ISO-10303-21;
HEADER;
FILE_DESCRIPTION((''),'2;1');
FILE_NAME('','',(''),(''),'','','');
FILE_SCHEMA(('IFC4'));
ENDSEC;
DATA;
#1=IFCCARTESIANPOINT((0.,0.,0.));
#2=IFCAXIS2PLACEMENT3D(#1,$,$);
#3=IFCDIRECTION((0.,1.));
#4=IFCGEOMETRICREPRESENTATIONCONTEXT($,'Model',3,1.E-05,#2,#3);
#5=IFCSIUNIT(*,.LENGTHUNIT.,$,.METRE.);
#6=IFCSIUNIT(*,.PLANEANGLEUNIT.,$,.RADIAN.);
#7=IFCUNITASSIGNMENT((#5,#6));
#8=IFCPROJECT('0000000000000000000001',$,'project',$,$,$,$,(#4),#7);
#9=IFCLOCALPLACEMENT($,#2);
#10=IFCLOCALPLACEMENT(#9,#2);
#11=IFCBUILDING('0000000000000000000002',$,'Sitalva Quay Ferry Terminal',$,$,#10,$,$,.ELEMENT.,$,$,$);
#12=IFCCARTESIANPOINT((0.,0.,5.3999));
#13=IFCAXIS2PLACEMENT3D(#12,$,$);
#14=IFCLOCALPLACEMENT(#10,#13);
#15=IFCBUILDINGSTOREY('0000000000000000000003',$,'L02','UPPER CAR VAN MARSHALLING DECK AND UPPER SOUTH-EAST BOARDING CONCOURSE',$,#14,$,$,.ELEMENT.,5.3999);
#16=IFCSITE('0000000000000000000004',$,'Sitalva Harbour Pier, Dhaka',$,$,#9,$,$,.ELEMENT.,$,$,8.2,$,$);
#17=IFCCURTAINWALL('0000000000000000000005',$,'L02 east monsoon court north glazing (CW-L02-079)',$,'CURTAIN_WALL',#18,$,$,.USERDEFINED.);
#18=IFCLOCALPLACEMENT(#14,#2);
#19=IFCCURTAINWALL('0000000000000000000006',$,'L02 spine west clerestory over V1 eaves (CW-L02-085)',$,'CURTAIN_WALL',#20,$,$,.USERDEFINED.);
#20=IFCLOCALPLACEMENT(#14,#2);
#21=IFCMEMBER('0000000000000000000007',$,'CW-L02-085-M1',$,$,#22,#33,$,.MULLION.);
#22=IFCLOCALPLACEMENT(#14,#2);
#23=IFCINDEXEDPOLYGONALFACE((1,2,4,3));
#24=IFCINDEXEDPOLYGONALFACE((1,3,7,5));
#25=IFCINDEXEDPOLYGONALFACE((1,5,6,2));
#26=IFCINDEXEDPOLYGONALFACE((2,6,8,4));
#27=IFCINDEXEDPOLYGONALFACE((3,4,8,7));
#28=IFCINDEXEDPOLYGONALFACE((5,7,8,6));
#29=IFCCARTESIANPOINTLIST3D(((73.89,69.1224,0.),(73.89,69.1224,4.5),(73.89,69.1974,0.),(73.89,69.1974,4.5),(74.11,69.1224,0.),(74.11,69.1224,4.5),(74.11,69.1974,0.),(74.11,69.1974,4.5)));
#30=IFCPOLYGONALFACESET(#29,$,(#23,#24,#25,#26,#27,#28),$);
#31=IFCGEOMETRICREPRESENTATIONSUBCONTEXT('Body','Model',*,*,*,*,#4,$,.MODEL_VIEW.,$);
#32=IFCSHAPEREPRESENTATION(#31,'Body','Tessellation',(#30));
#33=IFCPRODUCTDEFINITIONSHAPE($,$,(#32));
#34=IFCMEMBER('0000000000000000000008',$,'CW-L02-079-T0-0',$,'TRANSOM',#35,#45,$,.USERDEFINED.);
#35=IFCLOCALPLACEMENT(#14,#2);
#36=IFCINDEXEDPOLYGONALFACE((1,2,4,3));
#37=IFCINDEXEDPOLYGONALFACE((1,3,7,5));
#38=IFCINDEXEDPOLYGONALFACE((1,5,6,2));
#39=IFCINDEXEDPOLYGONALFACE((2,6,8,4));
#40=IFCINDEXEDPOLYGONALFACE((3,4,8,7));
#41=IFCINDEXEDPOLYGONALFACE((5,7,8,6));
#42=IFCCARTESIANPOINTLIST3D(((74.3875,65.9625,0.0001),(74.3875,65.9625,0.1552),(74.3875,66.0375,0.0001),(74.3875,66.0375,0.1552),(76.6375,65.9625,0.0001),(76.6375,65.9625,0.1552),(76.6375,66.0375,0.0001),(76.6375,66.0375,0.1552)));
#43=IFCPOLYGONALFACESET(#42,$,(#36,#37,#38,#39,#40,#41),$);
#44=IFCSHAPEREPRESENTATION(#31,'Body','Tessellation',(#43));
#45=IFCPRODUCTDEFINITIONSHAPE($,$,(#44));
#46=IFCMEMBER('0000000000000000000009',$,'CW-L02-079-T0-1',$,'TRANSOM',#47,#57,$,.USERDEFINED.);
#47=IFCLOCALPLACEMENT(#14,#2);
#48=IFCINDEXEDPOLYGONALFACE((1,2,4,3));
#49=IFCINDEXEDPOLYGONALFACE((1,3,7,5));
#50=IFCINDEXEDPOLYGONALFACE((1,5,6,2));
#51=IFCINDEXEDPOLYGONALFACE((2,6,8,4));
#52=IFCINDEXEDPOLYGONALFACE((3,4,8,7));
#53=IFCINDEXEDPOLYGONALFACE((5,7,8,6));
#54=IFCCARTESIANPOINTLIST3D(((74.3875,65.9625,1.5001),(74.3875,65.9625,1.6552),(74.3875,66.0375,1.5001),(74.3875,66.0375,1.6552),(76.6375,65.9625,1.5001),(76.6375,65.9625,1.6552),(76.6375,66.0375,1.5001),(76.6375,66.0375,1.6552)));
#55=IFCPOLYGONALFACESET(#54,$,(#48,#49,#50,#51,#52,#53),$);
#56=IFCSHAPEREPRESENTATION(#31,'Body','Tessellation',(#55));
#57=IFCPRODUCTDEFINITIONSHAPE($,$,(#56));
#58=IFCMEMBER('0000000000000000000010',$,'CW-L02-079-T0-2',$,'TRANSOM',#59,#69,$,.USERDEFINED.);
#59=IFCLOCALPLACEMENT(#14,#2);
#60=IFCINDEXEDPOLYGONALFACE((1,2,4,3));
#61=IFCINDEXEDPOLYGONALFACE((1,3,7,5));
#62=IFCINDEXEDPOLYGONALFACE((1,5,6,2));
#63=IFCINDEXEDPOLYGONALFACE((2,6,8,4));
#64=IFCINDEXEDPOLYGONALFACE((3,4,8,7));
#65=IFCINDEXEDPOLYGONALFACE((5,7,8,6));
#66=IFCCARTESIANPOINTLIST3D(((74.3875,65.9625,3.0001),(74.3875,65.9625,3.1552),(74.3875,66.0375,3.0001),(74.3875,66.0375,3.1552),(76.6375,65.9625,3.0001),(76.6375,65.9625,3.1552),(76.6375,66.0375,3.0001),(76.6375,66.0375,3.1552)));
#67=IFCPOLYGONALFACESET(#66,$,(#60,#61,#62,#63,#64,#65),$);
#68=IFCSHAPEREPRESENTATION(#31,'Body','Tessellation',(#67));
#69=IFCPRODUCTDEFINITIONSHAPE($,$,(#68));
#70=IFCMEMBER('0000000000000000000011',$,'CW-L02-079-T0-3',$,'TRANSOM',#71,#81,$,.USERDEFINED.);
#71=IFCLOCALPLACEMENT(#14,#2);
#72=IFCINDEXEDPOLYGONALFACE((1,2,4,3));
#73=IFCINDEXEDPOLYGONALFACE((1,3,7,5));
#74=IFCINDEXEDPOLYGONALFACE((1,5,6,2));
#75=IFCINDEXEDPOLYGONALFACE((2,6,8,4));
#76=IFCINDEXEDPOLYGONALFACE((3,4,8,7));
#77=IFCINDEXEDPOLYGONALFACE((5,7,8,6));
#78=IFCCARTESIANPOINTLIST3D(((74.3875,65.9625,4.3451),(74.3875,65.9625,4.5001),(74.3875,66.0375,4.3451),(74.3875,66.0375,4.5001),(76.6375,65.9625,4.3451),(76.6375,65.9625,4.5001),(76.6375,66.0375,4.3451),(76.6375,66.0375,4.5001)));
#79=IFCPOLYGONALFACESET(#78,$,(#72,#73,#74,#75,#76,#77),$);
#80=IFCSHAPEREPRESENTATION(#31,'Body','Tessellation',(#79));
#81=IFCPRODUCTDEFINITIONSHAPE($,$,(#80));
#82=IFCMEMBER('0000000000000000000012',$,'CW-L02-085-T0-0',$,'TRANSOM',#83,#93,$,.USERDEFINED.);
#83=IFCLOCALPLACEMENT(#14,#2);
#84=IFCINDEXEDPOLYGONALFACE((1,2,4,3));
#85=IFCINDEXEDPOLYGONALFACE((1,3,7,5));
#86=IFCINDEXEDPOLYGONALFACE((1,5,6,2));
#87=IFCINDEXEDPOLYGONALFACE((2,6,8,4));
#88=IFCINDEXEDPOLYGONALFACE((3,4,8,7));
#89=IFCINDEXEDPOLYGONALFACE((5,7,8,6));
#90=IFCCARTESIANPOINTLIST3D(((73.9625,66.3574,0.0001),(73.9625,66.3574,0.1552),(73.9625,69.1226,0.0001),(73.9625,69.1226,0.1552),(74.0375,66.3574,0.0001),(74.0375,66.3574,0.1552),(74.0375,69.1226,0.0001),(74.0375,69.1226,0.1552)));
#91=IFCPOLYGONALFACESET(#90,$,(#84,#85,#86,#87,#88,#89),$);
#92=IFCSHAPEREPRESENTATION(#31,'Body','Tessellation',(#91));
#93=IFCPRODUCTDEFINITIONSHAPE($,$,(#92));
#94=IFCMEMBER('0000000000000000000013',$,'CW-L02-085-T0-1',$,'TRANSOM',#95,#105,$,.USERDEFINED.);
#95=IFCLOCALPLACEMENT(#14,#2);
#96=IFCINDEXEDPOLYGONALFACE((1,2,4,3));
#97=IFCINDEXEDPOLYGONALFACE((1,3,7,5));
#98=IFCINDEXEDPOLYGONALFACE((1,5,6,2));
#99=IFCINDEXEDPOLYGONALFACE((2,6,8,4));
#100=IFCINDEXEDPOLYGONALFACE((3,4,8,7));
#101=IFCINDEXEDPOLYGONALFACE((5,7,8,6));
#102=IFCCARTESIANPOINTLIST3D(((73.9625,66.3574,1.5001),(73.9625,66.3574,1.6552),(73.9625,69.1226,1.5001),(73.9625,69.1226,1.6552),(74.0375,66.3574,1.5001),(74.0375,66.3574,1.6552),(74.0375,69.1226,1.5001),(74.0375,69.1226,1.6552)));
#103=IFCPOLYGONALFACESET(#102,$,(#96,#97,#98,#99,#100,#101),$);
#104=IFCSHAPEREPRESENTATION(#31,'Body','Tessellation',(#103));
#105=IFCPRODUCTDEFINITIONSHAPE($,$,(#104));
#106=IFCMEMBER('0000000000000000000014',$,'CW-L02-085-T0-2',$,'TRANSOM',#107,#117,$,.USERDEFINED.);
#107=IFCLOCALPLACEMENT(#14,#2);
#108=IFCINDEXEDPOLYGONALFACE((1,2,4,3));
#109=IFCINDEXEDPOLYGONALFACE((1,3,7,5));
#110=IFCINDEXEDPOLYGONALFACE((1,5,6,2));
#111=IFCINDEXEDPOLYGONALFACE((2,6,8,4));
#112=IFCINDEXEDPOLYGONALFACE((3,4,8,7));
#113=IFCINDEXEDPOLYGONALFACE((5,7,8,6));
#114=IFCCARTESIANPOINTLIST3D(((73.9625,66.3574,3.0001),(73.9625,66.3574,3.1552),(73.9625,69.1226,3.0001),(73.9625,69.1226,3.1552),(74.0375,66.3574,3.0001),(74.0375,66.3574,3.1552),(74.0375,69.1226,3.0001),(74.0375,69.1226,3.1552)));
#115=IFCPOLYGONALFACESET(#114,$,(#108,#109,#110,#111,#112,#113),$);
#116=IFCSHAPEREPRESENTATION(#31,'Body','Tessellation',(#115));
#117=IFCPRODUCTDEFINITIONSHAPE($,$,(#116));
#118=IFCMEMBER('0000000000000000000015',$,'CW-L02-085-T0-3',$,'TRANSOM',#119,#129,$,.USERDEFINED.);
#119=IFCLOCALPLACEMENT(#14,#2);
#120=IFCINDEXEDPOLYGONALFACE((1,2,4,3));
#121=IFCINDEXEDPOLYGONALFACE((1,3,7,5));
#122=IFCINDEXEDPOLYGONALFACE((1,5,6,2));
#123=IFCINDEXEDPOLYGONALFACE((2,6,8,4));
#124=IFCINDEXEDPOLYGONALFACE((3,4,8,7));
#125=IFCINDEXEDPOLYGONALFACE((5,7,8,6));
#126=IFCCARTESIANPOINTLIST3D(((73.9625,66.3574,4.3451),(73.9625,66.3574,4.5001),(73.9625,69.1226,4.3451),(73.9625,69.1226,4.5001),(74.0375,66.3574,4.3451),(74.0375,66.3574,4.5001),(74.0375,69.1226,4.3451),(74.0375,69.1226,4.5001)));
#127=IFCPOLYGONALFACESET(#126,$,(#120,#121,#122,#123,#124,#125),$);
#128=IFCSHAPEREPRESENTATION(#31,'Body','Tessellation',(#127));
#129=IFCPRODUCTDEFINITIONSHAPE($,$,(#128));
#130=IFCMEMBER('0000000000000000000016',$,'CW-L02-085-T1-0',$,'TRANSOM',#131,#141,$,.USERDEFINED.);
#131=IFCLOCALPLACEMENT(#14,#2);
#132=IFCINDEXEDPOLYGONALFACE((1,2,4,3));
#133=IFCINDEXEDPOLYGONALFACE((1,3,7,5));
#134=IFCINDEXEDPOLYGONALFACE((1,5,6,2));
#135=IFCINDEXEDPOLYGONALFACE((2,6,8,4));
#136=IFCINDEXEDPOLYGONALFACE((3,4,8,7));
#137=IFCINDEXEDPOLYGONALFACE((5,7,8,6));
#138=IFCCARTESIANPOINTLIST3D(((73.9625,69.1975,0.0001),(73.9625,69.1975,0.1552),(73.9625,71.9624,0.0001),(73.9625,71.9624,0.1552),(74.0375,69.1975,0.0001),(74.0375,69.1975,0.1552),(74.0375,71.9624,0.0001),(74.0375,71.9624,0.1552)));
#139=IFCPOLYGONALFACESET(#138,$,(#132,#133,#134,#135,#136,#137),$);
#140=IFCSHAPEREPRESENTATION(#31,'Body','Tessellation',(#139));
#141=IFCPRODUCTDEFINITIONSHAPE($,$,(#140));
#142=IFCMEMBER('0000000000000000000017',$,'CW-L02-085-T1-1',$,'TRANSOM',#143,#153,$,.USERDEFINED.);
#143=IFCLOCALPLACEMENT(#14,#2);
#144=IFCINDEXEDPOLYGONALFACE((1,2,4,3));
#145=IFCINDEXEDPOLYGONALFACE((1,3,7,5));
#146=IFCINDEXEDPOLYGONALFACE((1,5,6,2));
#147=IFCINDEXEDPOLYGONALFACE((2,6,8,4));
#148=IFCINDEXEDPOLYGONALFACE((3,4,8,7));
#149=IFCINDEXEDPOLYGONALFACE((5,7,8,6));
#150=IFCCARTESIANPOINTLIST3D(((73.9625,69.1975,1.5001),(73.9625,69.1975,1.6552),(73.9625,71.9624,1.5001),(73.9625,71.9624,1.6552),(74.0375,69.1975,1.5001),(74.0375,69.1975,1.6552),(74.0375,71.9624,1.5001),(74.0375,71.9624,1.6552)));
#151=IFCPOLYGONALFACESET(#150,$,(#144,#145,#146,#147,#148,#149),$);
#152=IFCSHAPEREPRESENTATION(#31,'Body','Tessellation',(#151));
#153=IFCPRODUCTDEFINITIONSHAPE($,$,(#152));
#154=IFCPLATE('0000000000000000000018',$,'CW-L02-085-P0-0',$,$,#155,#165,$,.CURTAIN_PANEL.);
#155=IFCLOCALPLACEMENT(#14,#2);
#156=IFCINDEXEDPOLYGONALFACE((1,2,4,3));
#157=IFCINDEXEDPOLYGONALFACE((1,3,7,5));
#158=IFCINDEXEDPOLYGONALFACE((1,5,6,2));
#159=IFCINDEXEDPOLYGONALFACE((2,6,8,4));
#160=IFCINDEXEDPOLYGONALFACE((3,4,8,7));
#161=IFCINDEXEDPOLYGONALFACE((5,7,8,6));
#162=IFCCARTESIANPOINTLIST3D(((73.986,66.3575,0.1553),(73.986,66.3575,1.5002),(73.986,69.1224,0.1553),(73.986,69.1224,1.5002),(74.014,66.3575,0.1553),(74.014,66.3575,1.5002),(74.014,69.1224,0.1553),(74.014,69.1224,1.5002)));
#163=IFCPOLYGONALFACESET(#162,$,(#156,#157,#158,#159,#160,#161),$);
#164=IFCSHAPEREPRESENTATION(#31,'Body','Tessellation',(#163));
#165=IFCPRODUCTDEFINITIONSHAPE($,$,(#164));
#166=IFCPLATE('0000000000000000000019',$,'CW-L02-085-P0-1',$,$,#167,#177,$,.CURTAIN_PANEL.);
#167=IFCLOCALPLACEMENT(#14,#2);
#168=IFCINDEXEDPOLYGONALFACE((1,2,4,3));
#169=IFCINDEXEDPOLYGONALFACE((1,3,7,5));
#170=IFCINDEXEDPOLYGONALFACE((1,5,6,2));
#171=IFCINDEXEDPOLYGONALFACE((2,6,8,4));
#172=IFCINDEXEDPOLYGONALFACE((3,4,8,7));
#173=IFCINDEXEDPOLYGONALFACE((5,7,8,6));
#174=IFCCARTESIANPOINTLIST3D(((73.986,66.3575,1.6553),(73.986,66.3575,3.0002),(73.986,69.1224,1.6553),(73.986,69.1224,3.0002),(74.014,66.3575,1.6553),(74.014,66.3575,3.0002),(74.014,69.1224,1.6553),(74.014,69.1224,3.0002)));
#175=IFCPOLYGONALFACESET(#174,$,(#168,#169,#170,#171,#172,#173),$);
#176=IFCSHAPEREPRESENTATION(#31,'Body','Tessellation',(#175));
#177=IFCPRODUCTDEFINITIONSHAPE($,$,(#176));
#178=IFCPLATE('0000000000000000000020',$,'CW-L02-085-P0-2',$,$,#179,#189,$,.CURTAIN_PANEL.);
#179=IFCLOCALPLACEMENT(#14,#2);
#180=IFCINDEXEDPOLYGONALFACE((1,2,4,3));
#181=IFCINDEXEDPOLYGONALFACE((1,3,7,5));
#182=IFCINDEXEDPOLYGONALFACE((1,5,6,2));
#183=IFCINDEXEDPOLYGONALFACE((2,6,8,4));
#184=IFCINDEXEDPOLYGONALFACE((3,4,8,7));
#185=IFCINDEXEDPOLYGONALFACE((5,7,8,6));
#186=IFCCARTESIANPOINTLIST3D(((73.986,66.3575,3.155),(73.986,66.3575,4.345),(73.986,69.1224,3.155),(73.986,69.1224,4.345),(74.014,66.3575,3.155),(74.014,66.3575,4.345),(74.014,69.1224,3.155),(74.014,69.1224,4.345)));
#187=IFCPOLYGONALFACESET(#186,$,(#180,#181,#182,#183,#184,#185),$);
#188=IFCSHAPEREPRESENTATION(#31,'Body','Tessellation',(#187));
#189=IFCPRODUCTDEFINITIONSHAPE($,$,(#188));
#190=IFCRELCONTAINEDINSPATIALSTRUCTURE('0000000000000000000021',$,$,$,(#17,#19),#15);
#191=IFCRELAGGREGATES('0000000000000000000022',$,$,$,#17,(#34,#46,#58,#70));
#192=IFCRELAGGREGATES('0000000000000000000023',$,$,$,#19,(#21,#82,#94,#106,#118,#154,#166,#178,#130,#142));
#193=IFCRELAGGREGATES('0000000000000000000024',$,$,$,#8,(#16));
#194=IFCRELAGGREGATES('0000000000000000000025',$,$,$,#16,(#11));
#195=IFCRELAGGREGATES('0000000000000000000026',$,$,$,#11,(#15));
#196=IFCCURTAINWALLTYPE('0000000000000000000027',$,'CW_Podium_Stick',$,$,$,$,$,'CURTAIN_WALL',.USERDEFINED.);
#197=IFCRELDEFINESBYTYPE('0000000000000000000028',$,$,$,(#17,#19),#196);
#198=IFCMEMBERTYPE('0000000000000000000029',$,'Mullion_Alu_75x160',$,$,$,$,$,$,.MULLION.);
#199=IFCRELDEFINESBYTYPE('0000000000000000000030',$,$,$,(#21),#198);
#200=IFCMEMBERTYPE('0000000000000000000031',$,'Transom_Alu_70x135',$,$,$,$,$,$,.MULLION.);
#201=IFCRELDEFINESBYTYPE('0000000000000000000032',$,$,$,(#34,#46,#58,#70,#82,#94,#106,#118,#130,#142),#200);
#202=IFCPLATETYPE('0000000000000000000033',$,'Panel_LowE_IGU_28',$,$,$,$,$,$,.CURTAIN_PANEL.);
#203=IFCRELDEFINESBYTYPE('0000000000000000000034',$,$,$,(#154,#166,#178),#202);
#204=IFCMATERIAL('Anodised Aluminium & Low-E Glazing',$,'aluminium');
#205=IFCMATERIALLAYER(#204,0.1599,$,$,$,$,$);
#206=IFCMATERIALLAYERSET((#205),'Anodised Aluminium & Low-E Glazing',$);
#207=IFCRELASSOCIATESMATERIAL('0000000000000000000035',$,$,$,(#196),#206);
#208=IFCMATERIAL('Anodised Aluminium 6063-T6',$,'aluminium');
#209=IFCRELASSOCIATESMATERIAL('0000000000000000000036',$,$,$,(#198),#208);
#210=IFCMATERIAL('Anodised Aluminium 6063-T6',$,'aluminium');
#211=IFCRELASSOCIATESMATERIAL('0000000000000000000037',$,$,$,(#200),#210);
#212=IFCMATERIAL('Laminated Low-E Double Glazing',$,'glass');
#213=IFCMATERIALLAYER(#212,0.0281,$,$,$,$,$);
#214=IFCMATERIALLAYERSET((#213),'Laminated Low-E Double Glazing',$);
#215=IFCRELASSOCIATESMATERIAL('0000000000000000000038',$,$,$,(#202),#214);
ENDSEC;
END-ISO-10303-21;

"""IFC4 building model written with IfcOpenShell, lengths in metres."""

from ifc_helpers import new_model, si_unit, direction, frame, origin, origin_2d, place, context, subcontext, project, spatial, rectangle, extrude, material, layer, layer_set, material_profile, profile_set, type_object, element, aggregate, save


model = new_model("IFC4")

# Units and contexts
model_context = context("Model", 3, precision=1e-05, world=origin(), true_north=direction((0.0, 1.0)))
body_context = subcontext(model_context, "Body", "Model", "MODEL_VIEW")
ifc_project = project(units=[si_unit("LENGTHUNIT", "METRE"), si_unit("PLANEANGLEUNIT", "RADIAN")], contexts=[model_context])

# Site, building, storey
site_placement = place(None, origin())
site = spatial("IfcSite", under=ifc_project, at=site_placement, Name="Sitalva Harbour Pier, Dhaka", CompositionType="ELEMENT", RefElevation=8.2)
building_placement = place(site_placement, origin())
building = spatial("IfcBuilding", under=site, at=building_placement, Name="Sitalva Quay Ferry Terminal", CompositionType="ELEMENT")
storey_placement = place(building_placement, frame((0.0, 0.0, 5.3999)))
storey = spatial("IfcBuildingStorey", under=building, at=storey_placement, Name="L02", Description="UPPER CAR VAN MARSHALLING DECK AND UPPER SOUTH-EAST BOARDING CONCOURSE", CompositionType="ELEMENT", Elevation=5.3999)

# Curtain wall
ifc_material_1 = material(Name="Anodised Aluminium & Low-E Glazing", Category="aluminium")
ifc_layer_1 = layer(ifc_material_1, 0.1599)
ifc_layer_set_1 = layer_set([ifc_layer_1], Name="Anodised Aluminium & Low-E Glazing")
curtain_wall_type = type_object("IfcCurtainWallType", Name="CW_Podium_Stick", ElementType="CURTAIN_WALL", PredefinedType="USERDEFINED", material=ifc_layer_set_1)
curtain_wall_1_placement = place(storey_placement, origin())
curtain_wall_1 = element("IfcCurtainWall", 1, at=curtain_wall_1_placement, inside=storey, type_object=curtain_wall_type, Name="L02 east monsoon court north glazing (CW-L02-079)", ObjectType="CURTAIN_WALL", PredefinedType="USERDEFINED")
ifc_material_2 = material(Name="Anodised Aluminium 6063-T6", Category="aluminium")
ifc_material_profile_1 = material_profile(ifc_material_2, rectangle(XDim=0.075, YDim=0.22, at=origin_2d()), Name="ALU75x220")
ifc_profile_set_1 = profile_set([ifc_material_profile_1], Name="Anodised Aluminium 6063-T6")
member_type_1 = type_object("IfcMemberType", Name="Mullion_Alu_75x160", PredefinedType="MULLION", material=ifc_profile_set_1)

# Curtain wall, member
curtain_wall_2_placement = place(storey_placement, origin())
curtain_wall_2 = element("IfcCurtainWall", 2, at=curtain_wall_2_placement, inside=storey, type_object=curtain_wall_type, Name="L02 spine west clerestory over V1 eaves (CW-L02-085)", ObjectType="CURTAIN_WALL", PredefinedType="USERDEFINED")
member_1_placement = place(storey_placement, frame((74.0, 69.1599, 0.0), z_axis=(0.0, 0.0, 1.0), x_axis=(0.0, 1.0, 0.0)))
member_1 = element("IfcMember", 3, at=member_1_placement, type_object=member_type_1, Name="CW-L02-085-M1", PredefinedType="MULLION", context=body_context, shape_type="SweptSolid", body=[
    extrude(rectangle(XDim=0.075, YDim=0.22, at=origin_2d()), origin(), (0.0, 0.0, 1.0), 4.5),
])

# Members
ifc_material_3 = material(Name="Anodised Aluminium 6063-T6", Category="aluminium")
ifc_material_profile_2 = material_profile(ifc_material_3, rectangle(XDim=0.075, YDim=0.155, at=origin_2d()), Name="ALU75x155")
ifc_profile_set_2 = profile_set([ifc_material_profile_2], Name="Anodised Aluminium 6063-T6")
member_type_2 = type_object("IfcMemberType", Name="Transom_Alu_70x135", PredefinedType="MULLION", material=ifc_profile_set_2)
member_2_placement = place(storey_placement, frame((74.3875, 66.0, 0.0776), z_axis=(1.0, 0.0, 0.0), x_axis=(0.0, 1.0, 0.0)))
member_2 = element("IfcMember", 4, at=member_2_placement, type_object=member_type_2, Name="CW-L02-079-T0-0", ObjectType="TRANSOM", PredefinedType="USERDEFINED", context=body_context, shape_type="SweptSolid", body=[
    extrude(rectangle(XDim=0.075, YDim=0.155, at=origin_2d()), origin(), (0.0, 0.0, 1.0), 2.25),
])
member_3_placement = place(storey_placement, frame((74.3875, 66.0, 1.5776), z_axis=(1.0, 0.0, 0.0), x_axis=(0.0, 1.0, 0.0)))
member_3 = element("IfcMember", 5, at=member_3_placement, type_object=member_type_2, Name="CW-L02-079-T0-1", ObjectType="TRANSOM", PredefinedType="USERDEFINED", context=body_context, shape_type="SweptSolid", body=[
    extrude(rectangle(XDim=0.075, YDim=0.155, at=origin_2d()), origin(), (0.0, 0.0, 1.0), 2.25),
])
member_4_placement = place(storey_placement, frame((74.3875, 66.0, 3.0776), z_axis=(1.0, 0.0, 0.0), x_axis=(0.0, 1.0, 0.0)))
member_4 = element("IfcMember", 6, at=member_4_placement, type_object=member_type_2, Name="CW-L02-079-T0-2", ObjectType="TRANSOM", PredefinedType="USERDEFINED", context=body_context, shape_type="SweptSolid", body=[
    extrude(rectangle(XDim=0.075, YDim=0.155, at=origin_2d()), origin(), (0.0, 0.0, 1.0), 2.25),
])
member_5_placement = place(storey_placement, frame((74.3875, 66.0, 4.4226), z_axis=(1.0, 0.0, 0.0), x_axis=(0.0, 1.0, 0.0)))
member_5 = element("IfcMember", 7, at=member_5_placement, type_object=member_type_2, Name="CW-L02-079-T0-3", ObjectType="TRANSOM", PredefinedType="USERDEFINED", context=body_context, shape_type="SweptSolid", body=[
    extrude(rectangle(XDim=0.075, YDim=0.155, at=origin_2d()), origin(), (0.0, 0.0, 1.0), 2.25),
])
aggregate(curtain_wall_1, [member_2, member_3, member_4, member_5])
member_6_placement = place(storey_placement, frame((74.0, 66.3574, 0.0776), z_axis=(0.0, 1.0, 0.0), x_axis=(-1.0, 0.0, 0.0)))
member_6 = element("IfcMember", 8, at=member_6_placement, type_object=member_type_2, Name="CW-L02-085-T0-0", ObjectType="TRANSOM", PredefinedType="USERDEFINED", context=body_context, shape_type="SweptSolid", body=[
    extrude(rectangle(XDim=0.075, YDim=0.155, at=origin_2d()), origin(), (0.0, 0.0, 1.0), 2.7651),
])
member_7_placement = place(storey_placement, frame((74.0, 66.3574, 1.5776), z_axis=(0.0, 1.0, 0.0), x_axis=(-1.0, 0.0, 0.0)))
member_7 = element("IfcMember", 9, at=member_7_placement, type_object=member_type_2, Name="CW-L02-085-T0-1", ObjectType="TRANSOM", PredefinedType="USERDEFINED", context=body_context, shape_type="SweptSolid", body=[
    extrude(rectangle(XDim=0.075, YDim=0.155, at=origin_2d()), origin(), (0.0, 0.0, 1.0), 2.7651),
])
member_8_placement = place(storey_placement, frame((74.0, 66.3574, 3.0776), z_axis=(0.0, 1.0, 0.0), x_axis=(-1.0, 0.0, 0.0)))
member_8 = element("IfcMember", 10, at=member_8_placement, type_object=member_type_2, Name="CW-L02-085-T0-2", ObjectType="TRANSOM", PredefinedType="USERDEFINED", context=body_context, shape_type="SweptSolid", body=[
    extrude(rectangle(XDim=0.075, YDim=0.155, at=origin_2d()), origin(), (0.0, 0.0, 1.0), 2.7651),
])
member_9_placement = place(storey_placement, frame((74.0, 66.3574, 4.4226), z_axis=(0.0, 1.0, 0.0), x_axis=(-1.0, 0.0, 0.0)))
member_9 = element("IfcMember", 11, at=member_9_placement, type_object=member_type_2, Name="CW-L02-085-T0-3", ObjectType="TRANSOM", PredefinedType="USERDEFINED", context=body_context, shape_type="SweptSolid", body=[
    extrude(rectangle(XDim=0.075, YDim=0.155, at=origin_2d()), origin(), (0.0, 0.0, 1.0), 2.7651),
])
member_10_placement = place(storey_placement, frame((74.0, 69.1975, 0.0776), z_axis=(0.0, 1.0, 0.0), x_axis=(-1.0, 0.0, 0.0)))
member_10 = element("IfcMember", 12, at=member_10_placement, type_object=member_type_2, Name="CW-L02-085-T1-0", ObjectType="TRANSOM", PredefinedType="USERDEFINED", context=body_context, shape_type="SweptSolid", body=[
    extrude(rectangle(XDim=0.075, YDim=0.155, at=origin_2d()), origin(), (0.0, 0.0, 1.0), 2.7649),
])
member_11_placement = place(storey_placement, frame((74.0, 69.1975, 1.5776), z_axis=(0.0, 1.0, 0.0), x_axis=(-1.0, 0.0, 0.0)))
member_11 = element("IfcMember", 13, at=member_11_placement, type_object=member_type_2, Name="CW-L02-085-T1-1", ObjectType="TRANSOM", PredefinedType="USERDEFINED", context=body_context, shape_type="SweptSolid", body=[
    extrude(rectangle(XDim=0.075, YDim=0.155, at=origin_2d()), origin(), (0.0, 0.0, 1.0), 2.7649),
])

# Plates
ifc_material_4 = material(Name="Laminated Low-E Double Glazing", Category="glass")
ifc_layer_2 = layer(ifc_material_4, 0.0281)
ifc_layer_set_2 = layer_set([ifc_layer_2], Name="Laminated Low-E Double Glazing")
plate_type = type_object("IfcPlateType", Name="Panel_LowE_IGU_28", PredefinedType="CURTAIN_PANEL", material=ifc_layer_set_2)
plate_1_placement = place(storey_placement, frame((74.0, 67.74, 0.1553), z_axis=(0.0, 0.0, 1.0), x_axis=(0.0, 1.0, 0.0)))
plate_1 = element("IfcPlate", 14, at=plate_1_placement, type_object=plate_type, Name="CW-L02-085-P0-0", PredefinedType="CURTAIN_PANEL", context=body_context, shape_type="SweptSolid", body=[
    extrude(rectangle(XDim=2.7649, YDim=0.0281, at=origin_2d()), origin(), (0.0, 0.0, 1.0), 1.345),
])
plate_2_placement = place(storey_placement, frame((74.0, 67.74, 1.6553), z_axis=(0.0, 0.0, 1.0), x_axis=(0.0, 1.0, 0.0)))
plate_2 = element("IfcPlate", 15, at=plate_2_placement, type_object=plate_type, Name="CW-L02-085-P0-1", PredefinedType="CURTAIN_PANEL", context=body_context, shape_type="SweptSolid", body=[
    extrude(rectangle(XDim=2.7649, YDim=0.0281, at=origin_2d()), origin(), (0.0, 0.0, 1.0), 1.345),
])
plate_3_placement = place(storey_placement, frame((74.0, 67.74, 3.155), z_axis=(0.0, 0.0, 1.0), x_axis=(0.0, 1.0, 0.0)))
plate_3 = element("IfcPlate", 16, at=plate_3_placement, type_object=plate_type, Name="CW-L02-085-P0-2", PredefinedType="CURTAIN_PANEL", context=body_context, shape_type="SweptSolid", body=[
    extrude(rectangle(XDim=2.7649, YDim=0.0281, at=origin_2d()), origin(), (0.0, 0.0, 1.0), 1.1899),
])
aggregate(curtain_wall_2, [member_1, member_6, member_7, member_8, member_9, plate_1, plate_2, plate_3, member_10, member_11])

save(model, "model.ifc")
